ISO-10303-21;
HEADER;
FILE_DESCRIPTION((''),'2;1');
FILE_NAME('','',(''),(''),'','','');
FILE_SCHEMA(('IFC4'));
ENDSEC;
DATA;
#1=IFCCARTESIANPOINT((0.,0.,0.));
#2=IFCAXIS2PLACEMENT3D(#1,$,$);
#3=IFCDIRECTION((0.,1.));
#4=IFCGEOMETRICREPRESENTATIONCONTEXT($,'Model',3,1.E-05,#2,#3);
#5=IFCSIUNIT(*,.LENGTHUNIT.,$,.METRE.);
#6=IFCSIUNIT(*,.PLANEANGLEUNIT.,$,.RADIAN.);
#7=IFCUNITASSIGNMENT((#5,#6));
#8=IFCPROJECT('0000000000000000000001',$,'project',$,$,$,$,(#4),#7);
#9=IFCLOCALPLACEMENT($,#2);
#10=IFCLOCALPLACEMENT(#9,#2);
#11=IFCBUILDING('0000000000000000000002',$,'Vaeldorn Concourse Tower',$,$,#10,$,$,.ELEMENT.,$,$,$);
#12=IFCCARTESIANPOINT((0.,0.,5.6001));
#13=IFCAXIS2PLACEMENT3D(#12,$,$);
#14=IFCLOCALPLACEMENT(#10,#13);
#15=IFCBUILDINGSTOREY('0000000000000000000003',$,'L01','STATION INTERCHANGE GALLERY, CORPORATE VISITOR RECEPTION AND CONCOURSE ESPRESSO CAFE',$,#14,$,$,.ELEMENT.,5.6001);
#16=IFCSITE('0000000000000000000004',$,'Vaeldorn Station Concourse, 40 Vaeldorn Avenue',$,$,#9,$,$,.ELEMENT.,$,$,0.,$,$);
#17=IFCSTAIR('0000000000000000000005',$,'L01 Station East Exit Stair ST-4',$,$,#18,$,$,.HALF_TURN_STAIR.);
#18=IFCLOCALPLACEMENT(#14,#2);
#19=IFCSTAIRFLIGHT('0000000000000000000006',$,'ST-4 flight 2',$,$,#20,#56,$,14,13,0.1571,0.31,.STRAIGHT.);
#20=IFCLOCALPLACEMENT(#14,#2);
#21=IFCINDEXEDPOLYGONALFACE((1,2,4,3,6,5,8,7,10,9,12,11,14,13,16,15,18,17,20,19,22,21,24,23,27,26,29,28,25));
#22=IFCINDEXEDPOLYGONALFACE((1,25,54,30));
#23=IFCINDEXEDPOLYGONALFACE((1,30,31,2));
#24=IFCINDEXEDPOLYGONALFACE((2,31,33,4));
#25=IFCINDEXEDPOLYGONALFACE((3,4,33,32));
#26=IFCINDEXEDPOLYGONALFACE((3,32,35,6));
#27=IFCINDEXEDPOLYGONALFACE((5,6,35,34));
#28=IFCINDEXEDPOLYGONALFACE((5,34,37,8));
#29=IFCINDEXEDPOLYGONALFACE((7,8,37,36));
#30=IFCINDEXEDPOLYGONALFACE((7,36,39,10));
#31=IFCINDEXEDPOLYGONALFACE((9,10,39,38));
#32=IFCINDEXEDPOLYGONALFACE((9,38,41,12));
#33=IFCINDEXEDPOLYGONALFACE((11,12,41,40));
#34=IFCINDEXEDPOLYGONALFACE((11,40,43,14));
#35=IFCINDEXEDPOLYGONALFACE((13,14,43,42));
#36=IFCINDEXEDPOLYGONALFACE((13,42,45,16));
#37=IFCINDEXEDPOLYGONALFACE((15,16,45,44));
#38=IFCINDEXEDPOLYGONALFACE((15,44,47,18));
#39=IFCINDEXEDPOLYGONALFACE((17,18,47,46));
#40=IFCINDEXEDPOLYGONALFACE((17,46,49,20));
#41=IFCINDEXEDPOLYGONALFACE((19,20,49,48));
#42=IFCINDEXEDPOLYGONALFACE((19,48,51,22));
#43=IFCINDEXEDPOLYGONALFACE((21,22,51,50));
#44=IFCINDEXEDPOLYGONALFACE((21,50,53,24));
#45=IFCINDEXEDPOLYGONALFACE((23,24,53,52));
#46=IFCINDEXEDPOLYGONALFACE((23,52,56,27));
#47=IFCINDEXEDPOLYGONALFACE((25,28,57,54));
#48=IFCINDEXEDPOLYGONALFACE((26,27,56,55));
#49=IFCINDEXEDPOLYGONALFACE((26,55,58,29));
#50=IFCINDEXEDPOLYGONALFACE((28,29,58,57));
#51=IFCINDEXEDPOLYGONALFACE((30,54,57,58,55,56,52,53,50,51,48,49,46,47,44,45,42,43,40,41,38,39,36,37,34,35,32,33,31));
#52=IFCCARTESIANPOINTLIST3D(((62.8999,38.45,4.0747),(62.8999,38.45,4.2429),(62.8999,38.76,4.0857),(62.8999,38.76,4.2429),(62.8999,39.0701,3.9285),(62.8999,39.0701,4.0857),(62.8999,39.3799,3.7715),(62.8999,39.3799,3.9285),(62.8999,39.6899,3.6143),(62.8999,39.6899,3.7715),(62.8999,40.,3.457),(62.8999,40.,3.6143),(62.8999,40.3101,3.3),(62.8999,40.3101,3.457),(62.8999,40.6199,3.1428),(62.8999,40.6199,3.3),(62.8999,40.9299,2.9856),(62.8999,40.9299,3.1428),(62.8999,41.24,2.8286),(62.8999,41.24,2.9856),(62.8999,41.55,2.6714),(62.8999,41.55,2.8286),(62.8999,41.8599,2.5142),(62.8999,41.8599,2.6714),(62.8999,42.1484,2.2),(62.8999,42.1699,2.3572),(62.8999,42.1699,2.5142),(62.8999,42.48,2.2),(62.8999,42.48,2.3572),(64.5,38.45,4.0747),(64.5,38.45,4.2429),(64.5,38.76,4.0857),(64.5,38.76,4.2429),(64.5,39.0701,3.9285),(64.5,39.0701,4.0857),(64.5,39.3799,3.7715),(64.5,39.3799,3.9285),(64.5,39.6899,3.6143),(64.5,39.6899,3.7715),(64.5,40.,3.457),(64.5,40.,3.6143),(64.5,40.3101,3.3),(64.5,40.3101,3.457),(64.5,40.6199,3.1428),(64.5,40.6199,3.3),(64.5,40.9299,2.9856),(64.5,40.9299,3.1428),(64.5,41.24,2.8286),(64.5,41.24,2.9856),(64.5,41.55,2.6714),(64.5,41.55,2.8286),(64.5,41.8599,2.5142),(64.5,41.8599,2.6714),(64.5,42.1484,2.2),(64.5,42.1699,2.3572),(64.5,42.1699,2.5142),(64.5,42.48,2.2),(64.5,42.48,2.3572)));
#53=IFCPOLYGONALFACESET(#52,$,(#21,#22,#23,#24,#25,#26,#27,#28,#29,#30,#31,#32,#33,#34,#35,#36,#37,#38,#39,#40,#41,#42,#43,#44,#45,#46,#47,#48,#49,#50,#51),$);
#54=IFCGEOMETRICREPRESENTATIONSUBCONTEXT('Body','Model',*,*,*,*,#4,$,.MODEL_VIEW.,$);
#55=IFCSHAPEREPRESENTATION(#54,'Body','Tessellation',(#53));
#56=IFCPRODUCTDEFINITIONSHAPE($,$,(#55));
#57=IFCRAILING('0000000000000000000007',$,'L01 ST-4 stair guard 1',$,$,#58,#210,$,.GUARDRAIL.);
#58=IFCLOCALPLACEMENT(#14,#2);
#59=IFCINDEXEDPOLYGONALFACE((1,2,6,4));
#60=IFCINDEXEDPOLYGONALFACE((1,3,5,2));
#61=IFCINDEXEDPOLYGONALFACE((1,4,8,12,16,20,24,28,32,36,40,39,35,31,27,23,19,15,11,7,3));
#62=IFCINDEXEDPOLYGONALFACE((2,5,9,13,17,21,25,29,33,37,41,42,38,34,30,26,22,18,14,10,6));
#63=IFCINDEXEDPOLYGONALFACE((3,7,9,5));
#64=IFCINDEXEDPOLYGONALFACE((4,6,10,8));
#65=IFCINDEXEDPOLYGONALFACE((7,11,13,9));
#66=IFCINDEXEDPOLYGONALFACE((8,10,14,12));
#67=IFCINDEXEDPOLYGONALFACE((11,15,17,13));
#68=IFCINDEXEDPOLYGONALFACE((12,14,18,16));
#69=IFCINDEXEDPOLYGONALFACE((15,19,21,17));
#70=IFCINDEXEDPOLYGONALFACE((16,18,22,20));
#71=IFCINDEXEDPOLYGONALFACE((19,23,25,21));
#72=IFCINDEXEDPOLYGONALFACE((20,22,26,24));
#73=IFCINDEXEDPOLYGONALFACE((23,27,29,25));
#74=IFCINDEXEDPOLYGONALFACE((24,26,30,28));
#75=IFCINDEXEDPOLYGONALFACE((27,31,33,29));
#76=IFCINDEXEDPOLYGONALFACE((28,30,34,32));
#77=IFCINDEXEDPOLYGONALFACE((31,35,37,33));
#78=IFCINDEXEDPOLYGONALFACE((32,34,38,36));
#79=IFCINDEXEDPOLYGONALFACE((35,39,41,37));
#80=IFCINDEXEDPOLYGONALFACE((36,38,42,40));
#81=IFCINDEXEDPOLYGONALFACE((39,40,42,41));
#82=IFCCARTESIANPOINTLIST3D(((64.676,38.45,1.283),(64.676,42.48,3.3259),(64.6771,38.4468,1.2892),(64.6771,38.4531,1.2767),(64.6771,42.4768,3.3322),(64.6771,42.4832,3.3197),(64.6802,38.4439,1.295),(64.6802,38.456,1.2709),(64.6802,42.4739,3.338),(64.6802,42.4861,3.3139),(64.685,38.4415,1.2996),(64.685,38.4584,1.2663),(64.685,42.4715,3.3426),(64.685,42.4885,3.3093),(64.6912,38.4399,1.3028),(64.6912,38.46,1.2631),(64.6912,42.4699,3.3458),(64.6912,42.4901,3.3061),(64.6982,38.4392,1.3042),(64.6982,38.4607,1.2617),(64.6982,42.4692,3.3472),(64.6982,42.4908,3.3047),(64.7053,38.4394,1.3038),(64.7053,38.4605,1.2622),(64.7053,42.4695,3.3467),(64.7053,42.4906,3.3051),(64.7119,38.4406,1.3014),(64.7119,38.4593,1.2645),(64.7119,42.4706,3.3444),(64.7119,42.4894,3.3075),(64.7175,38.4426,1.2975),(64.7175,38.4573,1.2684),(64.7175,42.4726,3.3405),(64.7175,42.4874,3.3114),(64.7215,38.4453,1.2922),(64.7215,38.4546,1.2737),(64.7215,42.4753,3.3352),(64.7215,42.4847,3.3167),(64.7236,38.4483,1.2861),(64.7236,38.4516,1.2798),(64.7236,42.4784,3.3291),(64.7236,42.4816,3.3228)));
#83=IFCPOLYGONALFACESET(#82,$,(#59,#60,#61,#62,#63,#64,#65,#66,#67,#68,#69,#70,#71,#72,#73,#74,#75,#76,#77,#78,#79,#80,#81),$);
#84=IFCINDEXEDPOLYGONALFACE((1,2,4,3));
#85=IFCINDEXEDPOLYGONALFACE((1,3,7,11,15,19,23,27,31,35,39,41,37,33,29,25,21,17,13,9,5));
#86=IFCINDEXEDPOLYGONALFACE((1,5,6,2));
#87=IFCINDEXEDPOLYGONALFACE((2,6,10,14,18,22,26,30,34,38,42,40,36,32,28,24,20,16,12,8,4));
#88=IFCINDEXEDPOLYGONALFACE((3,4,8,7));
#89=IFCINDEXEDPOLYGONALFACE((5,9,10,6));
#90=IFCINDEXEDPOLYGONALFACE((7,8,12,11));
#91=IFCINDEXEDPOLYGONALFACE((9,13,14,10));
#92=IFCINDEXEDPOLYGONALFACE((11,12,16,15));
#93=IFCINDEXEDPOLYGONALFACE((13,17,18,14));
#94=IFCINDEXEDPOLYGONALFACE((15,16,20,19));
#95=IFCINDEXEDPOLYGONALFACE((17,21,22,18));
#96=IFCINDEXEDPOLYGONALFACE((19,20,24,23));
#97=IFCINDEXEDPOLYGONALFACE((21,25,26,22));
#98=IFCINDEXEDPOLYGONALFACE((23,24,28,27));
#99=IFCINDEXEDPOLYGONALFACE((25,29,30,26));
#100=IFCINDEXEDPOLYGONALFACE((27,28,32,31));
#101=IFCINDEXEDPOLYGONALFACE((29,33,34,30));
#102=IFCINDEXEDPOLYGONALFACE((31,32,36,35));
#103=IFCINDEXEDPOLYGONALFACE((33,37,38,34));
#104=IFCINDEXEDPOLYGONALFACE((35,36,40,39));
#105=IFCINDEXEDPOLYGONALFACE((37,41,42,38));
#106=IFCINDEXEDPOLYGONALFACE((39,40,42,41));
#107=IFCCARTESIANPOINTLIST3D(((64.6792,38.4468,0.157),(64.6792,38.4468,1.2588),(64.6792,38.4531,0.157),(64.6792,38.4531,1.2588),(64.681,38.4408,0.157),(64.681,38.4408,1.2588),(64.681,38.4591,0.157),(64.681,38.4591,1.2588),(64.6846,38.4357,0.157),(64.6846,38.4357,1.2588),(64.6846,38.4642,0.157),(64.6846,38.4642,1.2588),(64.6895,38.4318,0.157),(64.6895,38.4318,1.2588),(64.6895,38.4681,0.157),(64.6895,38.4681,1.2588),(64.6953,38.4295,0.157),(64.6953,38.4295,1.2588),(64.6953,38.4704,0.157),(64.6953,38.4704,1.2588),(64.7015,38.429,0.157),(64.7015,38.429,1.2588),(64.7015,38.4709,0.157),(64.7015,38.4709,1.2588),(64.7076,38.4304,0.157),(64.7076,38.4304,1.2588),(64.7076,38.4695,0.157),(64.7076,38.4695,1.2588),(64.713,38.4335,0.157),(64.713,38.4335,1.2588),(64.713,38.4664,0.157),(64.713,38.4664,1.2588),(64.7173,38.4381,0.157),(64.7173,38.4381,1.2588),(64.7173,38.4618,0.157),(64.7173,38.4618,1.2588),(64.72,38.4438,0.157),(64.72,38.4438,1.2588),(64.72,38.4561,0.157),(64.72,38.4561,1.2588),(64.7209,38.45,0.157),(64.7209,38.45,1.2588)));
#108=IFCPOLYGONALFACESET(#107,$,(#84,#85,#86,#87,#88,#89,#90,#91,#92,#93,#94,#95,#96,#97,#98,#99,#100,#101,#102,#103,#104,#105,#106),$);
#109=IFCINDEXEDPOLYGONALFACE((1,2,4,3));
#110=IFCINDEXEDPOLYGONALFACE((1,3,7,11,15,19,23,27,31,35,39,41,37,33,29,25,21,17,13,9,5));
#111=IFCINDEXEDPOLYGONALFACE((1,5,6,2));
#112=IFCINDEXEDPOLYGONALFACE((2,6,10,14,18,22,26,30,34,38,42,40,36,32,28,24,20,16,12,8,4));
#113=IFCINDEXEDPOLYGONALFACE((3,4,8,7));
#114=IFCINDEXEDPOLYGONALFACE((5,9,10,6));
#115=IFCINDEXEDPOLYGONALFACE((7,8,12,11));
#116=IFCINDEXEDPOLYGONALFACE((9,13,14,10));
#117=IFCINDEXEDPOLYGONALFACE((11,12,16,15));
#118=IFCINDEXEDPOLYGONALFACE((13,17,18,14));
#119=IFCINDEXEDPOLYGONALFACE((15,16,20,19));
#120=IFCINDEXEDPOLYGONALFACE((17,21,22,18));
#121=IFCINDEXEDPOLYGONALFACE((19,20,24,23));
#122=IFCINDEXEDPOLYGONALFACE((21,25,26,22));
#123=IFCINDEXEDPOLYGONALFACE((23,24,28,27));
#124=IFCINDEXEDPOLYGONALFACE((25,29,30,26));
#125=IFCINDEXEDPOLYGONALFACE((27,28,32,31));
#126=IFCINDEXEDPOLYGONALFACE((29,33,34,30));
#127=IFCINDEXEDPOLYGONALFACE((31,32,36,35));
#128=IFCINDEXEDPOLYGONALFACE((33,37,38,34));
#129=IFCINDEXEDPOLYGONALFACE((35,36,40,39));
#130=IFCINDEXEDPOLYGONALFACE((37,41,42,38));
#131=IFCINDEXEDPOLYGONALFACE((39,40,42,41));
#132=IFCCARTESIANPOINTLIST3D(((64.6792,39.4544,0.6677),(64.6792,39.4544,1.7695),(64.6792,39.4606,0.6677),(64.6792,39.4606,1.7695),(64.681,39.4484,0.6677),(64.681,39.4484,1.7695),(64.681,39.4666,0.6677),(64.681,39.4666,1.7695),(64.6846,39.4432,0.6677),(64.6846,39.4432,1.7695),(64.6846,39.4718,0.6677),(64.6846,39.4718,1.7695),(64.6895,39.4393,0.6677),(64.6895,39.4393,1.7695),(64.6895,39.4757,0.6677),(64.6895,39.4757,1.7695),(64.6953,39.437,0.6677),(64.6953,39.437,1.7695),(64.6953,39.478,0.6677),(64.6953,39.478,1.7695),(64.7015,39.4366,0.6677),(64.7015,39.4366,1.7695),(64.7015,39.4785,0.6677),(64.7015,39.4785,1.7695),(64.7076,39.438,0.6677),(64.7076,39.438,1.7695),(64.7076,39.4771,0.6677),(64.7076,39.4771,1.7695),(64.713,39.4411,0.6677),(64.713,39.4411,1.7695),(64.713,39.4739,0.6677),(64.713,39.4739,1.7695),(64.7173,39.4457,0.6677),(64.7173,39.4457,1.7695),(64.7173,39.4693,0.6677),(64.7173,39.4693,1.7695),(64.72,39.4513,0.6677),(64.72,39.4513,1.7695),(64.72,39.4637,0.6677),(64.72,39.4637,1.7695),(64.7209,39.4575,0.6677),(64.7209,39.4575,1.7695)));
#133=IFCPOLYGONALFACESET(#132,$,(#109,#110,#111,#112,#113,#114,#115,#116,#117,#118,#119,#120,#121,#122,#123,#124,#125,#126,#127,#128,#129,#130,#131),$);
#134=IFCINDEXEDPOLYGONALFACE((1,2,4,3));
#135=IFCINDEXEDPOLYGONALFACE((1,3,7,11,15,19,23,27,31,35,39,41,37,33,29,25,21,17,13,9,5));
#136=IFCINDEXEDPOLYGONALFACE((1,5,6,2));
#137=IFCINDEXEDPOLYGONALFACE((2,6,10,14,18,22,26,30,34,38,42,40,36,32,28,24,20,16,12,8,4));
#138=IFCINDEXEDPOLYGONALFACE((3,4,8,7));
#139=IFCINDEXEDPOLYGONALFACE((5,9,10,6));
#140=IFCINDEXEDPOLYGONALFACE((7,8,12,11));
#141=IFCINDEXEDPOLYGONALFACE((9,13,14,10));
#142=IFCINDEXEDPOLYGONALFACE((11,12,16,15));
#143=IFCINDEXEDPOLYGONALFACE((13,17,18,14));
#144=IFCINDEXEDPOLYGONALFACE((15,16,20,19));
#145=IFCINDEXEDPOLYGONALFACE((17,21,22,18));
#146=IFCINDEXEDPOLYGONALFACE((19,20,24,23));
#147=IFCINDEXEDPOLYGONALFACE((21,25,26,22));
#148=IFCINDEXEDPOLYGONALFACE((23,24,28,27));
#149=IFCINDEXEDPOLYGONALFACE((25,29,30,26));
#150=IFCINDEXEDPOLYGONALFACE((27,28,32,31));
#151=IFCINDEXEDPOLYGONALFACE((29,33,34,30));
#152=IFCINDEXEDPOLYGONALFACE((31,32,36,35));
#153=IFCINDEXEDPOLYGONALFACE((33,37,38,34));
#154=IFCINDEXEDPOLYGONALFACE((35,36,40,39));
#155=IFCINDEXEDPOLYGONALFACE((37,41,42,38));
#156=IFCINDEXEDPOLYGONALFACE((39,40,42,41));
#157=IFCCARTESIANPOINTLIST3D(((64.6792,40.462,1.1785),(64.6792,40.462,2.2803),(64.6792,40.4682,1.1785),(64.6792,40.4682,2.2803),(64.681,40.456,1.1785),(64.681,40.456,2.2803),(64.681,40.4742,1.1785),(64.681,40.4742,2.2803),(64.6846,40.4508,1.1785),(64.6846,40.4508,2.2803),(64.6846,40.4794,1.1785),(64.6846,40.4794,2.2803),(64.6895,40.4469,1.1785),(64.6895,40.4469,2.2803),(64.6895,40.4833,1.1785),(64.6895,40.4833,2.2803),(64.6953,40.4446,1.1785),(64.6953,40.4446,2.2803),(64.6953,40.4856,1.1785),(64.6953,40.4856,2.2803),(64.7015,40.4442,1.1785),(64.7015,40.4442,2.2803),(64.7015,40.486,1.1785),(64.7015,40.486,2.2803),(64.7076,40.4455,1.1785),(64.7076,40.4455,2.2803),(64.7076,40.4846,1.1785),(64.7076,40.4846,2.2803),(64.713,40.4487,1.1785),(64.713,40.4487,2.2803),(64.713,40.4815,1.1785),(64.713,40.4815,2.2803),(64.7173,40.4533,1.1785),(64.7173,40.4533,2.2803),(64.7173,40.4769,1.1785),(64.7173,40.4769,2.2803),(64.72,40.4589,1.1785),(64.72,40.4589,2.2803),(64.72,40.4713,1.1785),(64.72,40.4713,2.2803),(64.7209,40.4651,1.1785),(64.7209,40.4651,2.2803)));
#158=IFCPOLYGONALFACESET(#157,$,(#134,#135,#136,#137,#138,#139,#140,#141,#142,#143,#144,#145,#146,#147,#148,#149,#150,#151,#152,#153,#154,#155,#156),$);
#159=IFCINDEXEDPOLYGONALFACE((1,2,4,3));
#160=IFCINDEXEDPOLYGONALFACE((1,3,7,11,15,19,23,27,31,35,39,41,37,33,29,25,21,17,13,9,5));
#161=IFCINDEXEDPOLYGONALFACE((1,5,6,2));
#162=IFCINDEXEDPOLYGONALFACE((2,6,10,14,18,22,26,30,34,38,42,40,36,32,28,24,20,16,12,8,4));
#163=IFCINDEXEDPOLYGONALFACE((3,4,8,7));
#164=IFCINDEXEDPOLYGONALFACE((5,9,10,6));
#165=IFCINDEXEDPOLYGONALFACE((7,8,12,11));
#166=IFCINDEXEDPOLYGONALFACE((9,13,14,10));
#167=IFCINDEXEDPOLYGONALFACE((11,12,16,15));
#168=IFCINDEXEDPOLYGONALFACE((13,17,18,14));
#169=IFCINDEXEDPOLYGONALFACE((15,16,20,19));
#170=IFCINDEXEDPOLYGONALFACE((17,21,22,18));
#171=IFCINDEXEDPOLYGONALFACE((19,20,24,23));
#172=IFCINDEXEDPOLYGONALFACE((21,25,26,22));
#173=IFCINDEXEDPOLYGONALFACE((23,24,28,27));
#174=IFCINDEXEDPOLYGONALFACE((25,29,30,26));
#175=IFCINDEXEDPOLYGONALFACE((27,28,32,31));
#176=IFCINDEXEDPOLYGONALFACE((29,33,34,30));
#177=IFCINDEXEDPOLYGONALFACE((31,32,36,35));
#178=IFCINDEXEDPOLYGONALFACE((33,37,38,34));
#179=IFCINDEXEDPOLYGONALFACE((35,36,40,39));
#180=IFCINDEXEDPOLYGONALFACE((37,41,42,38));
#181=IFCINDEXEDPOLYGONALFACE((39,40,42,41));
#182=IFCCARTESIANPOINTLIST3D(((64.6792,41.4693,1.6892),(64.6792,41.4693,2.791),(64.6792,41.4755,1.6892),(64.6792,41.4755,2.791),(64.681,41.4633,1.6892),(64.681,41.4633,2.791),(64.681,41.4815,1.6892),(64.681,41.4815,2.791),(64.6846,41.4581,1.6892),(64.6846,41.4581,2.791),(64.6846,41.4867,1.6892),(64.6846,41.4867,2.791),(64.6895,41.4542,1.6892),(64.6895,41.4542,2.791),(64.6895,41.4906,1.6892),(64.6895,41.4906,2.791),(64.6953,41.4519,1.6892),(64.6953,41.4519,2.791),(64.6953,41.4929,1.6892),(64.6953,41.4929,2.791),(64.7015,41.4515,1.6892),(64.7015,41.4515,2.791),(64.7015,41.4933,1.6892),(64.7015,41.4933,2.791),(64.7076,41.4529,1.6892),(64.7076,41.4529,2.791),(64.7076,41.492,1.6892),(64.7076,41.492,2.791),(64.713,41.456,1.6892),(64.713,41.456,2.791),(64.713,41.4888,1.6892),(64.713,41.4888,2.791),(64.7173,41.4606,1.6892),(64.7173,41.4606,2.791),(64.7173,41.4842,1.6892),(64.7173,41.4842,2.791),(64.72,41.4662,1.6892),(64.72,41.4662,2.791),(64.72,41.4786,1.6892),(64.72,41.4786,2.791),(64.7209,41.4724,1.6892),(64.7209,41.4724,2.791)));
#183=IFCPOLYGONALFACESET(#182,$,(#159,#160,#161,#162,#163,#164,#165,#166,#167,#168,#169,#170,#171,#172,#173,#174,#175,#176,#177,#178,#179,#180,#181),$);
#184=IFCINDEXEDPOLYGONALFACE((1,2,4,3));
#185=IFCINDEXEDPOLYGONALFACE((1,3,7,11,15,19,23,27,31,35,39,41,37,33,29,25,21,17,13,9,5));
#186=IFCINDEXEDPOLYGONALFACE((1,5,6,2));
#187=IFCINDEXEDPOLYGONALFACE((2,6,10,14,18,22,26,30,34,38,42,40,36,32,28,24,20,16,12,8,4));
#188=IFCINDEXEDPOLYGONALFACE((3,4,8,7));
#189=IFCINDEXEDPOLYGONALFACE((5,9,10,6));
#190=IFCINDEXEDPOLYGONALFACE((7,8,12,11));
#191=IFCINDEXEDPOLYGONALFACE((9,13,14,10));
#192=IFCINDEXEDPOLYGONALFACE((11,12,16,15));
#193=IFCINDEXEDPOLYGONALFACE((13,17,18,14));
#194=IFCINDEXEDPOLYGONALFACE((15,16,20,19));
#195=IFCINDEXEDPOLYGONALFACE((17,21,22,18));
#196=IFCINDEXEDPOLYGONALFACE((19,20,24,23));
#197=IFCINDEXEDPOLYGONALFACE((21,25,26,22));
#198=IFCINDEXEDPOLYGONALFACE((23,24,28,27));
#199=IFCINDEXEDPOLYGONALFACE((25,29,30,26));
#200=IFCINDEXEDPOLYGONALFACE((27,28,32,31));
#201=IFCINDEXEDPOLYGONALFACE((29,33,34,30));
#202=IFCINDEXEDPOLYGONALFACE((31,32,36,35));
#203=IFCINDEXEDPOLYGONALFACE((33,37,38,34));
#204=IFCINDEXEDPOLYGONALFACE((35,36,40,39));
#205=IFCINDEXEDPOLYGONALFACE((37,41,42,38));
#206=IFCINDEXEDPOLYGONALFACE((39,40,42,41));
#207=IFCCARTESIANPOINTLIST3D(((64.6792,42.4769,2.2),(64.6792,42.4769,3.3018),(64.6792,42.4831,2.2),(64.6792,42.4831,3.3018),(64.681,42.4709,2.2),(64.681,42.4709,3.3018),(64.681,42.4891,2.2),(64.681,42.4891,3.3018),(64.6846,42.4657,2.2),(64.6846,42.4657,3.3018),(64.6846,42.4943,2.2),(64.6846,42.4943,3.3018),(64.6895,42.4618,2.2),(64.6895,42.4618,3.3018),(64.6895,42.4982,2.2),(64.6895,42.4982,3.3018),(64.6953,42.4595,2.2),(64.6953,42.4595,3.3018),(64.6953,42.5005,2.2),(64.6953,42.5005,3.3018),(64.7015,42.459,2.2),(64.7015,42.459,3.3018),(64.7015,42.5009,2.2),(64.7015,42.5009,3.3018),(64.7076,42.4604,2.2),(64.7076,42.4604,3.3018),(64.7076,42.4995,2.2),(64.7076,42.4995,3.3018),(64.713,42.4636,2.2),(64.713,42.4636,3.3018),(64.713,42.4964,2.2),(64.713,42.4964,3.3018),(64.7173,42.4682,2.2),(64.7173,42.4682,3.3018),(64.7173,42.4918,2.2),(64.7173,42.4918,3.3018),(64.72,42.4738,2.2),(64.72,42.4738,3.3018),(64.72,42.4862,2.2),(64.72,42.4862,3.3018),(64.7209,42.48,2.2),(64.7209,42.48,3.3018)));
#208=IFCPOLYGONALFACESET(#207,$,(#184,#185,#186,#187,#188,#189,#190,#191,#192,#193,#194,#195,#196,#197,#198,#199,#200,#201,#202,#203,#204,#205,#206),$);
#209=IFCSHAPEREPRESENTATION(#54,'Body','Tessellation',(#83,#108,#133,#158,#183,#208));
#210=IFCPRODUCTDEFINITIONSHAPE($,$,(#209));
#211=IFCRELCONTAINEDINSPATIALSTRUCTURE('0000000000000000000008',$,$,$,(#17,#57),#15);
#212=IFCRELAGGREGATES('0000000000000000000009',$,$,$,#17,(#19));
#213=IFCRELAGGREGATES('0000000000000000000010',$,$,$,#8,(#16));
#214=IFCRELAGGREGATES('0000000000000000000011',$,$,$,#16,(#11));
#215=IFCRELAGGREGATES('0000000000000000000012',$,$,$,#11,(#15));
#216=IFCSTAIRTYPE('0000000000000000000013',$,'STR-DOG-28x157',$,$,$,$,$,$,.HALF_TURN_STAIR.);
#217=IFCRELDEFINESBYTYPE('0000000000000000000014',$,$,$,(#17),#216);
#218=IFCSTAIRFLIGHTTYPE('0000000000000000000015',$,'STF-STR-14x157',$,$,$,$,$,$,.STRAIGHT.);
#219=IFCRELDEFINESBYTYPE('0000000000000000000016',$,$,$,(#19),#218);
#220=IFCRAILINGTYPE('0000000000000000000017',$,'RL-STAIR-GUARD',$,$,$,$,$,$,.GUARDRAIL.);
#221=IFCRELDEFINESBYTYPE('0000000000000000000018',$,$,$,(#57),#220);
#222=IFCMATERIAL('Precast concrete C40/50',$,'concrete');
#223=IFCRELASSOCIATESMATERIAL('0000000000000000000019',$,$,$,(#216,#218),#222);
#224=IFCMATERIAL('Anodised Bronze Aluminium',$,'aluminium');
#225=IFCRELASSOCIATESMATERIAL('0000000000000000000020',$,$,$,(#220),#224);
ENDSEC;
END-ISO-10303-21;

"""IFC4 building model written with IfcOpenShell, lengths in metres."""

from ifc_helpers import new_model, si_unit, direction, frame, origin, origin_2d, place, context, subcontext, project, spatial, polyline, circle, outline, extrude, material, type_object, element, aggregate, save


model = new_model("IFC4")

# Units and contexts
model_context = context("Model", 3, precision=1e-05, world=origin(), true_north=direction((0.0, 1.0)))
body_context = subcontext(model_context, "Body", "Model", "MODEL_VIEW")
ifc_project = project(units=[si_unit("LENGTHUNIT", "METRE"), si_unit("PLANEANGLEUNIT", "RADIAN")], contexts=[model_context])

# Site, building, storey
site_placement = place(None, origin())
site = spatial("IfcSite", under=ifc_project, at=site_placement, Name="Vaeldorn Station Concourse, 40 Vaeldorn Avenue", CompositionType="ELEMENT", RefElevation=0.0)
building_placement = place(site_placement, origin())
building = spatial("IfcBuilding", under=site, at=building_placement, Name="Vaeldorn Concourse Tower", CompositionType="ELEMENT")
storey_placement = place(building_placement, frame((0.0, 0.0, 5.6001)))
storey = spatial("IfcBuildingStorey", under=building, at=storey_placement, Name="L01", Description="STATION INTERCHANGE GALLERY, CORPORATE VISITOR RECEPTION AND CONCOURSE ESPRESSO CAFE", CompositionType="ELEMENT", Elevation=5.6001)

# Shared definitions
ifc_material_1 = material(Name="Anodised Bronze Aluminium", Category="aluminium")

# Stair, stair flight
ifc_material_2 = material(Name="Precast concrete C40/50", Category="concrete")
stair_type = type_object("IfcStairType", Name="STR-DOG-28x157", PredefinedType="HALF_TURN_STAIR", material=ifc_material_2)
stair_placement = place(storey_placement, origin())
stair = element("IfcStair", 1, at=stair_placement, inside=storey, type_object=stair_type, Name="L01 Station East Exit Stair ST-4", PredefinedType="HALF_TURN_STAIR")
stair_flight_type = type_object("IfcStairFlightType", Name="STF-STR-14x157", PredefinedType="STRAIGHT", material=ifc_material_2)
stair_flight_1_placement = place(storey_placement, frame((63.7, 42.48, 2.2), z_axis=(0.0, 0.0, 1.0), x_axis=(0.0, -1.0, 0.0)))
stair_flight_1 = element("IfcStairFlight", 2, at=stair_flight_1_placement, type_object=stair_flight_type, Name="ST-4 flight 2", NumberOfRisers=14, NumberOfTreads=13, PredefinedType="STRAIGHT", RiserHeight=0.1571, TreadLength=0.31, context=body_context, shape_type="SweptSolid", body=[
    extrude(outline(polyline([(0.0, 0.0), (0.0, 0.1572), (0.3101, 0.1572), (0.3101, 0.3142), (0.6201, 0.3142), (0.6201, 0.4714), (0.9299, 0.4714), (0.9299, 0.6287), (1.24, 0.6287), (1.24, 0.7856), (1.55, 0.7856), (1.55, 0.9429), (1.8601, 0.9429), (1.8601, 1.1001), (2.1699, 1.1001), (2.1699, 1.2571), (2.48, 1.2571), (2.48, 1.4143), (2.79, 1.4143), (2.79, 1.5715), (3.1001, 1.5715), (3.1001, 1.7285), (3.4099, 1.7285), (3.4099, 1.8857), (3.72, 1.8857), (3.72, 2.043), (4.03, 2.043), (4.03, 2.2), (4.03, 1.8748), (0.3315, 0.0), (0.0, 0.0)])), frame((0.0, 0.8, 0.0), z_axis=(0.0, -1.0, 0.0), x_axis=(1.0, 0.0, 0.0)), (0.0, 0.0, 1.0), 1.6001),
])
aggregate(stair, [stair_flight_1])

# Railing
railing_type_1 = type_object("IfcRailingType", Name="RL-STAIR-GUARD", PredefinedType="GUARDRAIL", material=ifc_material_1)
railing_1_placement = place(storey_placement, frame((64.7, 38.45, 0.157)))
element("IfcRailing", 3, at=railing_1_placement, inside=storey, type_object=railing_type_1, Name="L01 ST-4 stair guard 1", PredefinedType="GUARDRAIL", context=body_context, shape_type="SweptSolid", body=[
    extrude(circle(Radius=0.0239, at=origin_2d()), frame((0.0, 0.0, 1.126), z_axis=(0.0, 0.891939, 0.452156), x_axis=(-1.0, 0.0, 0.0)), (0.0, 0.0, 1.0), 4.5183),
    extrude(circle(Radius=0.021, at=origin_2d()), origin(), (0.0, 0.0, 1.0), 1.1018),
    extrude(circle(Radius=0.021, at=origin_2d()), frame((0.0, 1.0076, 0.5107)), (0.0, 0.0, 1.0), 1.1018),
    extrude(circle(Radius=0.021, at=origin_2d()), frame((0.0, 2.0151, 1.0215)), (0.0, 0.0, 1.0), 1.1018),
    extrude(circle(Radius=0.021, at=origin_2d()), frame((0.0, 3.0225, 1.5322)), (0.0, 0.0, 1.0), 1.1018),
    extrude(circle(Radius=0.021, at=origin_2d()), frame((0.0, 4.03, 2.043)), (0.0, 0.0, 1.0), 1.1018),
])

save(model, "model.ifc")
